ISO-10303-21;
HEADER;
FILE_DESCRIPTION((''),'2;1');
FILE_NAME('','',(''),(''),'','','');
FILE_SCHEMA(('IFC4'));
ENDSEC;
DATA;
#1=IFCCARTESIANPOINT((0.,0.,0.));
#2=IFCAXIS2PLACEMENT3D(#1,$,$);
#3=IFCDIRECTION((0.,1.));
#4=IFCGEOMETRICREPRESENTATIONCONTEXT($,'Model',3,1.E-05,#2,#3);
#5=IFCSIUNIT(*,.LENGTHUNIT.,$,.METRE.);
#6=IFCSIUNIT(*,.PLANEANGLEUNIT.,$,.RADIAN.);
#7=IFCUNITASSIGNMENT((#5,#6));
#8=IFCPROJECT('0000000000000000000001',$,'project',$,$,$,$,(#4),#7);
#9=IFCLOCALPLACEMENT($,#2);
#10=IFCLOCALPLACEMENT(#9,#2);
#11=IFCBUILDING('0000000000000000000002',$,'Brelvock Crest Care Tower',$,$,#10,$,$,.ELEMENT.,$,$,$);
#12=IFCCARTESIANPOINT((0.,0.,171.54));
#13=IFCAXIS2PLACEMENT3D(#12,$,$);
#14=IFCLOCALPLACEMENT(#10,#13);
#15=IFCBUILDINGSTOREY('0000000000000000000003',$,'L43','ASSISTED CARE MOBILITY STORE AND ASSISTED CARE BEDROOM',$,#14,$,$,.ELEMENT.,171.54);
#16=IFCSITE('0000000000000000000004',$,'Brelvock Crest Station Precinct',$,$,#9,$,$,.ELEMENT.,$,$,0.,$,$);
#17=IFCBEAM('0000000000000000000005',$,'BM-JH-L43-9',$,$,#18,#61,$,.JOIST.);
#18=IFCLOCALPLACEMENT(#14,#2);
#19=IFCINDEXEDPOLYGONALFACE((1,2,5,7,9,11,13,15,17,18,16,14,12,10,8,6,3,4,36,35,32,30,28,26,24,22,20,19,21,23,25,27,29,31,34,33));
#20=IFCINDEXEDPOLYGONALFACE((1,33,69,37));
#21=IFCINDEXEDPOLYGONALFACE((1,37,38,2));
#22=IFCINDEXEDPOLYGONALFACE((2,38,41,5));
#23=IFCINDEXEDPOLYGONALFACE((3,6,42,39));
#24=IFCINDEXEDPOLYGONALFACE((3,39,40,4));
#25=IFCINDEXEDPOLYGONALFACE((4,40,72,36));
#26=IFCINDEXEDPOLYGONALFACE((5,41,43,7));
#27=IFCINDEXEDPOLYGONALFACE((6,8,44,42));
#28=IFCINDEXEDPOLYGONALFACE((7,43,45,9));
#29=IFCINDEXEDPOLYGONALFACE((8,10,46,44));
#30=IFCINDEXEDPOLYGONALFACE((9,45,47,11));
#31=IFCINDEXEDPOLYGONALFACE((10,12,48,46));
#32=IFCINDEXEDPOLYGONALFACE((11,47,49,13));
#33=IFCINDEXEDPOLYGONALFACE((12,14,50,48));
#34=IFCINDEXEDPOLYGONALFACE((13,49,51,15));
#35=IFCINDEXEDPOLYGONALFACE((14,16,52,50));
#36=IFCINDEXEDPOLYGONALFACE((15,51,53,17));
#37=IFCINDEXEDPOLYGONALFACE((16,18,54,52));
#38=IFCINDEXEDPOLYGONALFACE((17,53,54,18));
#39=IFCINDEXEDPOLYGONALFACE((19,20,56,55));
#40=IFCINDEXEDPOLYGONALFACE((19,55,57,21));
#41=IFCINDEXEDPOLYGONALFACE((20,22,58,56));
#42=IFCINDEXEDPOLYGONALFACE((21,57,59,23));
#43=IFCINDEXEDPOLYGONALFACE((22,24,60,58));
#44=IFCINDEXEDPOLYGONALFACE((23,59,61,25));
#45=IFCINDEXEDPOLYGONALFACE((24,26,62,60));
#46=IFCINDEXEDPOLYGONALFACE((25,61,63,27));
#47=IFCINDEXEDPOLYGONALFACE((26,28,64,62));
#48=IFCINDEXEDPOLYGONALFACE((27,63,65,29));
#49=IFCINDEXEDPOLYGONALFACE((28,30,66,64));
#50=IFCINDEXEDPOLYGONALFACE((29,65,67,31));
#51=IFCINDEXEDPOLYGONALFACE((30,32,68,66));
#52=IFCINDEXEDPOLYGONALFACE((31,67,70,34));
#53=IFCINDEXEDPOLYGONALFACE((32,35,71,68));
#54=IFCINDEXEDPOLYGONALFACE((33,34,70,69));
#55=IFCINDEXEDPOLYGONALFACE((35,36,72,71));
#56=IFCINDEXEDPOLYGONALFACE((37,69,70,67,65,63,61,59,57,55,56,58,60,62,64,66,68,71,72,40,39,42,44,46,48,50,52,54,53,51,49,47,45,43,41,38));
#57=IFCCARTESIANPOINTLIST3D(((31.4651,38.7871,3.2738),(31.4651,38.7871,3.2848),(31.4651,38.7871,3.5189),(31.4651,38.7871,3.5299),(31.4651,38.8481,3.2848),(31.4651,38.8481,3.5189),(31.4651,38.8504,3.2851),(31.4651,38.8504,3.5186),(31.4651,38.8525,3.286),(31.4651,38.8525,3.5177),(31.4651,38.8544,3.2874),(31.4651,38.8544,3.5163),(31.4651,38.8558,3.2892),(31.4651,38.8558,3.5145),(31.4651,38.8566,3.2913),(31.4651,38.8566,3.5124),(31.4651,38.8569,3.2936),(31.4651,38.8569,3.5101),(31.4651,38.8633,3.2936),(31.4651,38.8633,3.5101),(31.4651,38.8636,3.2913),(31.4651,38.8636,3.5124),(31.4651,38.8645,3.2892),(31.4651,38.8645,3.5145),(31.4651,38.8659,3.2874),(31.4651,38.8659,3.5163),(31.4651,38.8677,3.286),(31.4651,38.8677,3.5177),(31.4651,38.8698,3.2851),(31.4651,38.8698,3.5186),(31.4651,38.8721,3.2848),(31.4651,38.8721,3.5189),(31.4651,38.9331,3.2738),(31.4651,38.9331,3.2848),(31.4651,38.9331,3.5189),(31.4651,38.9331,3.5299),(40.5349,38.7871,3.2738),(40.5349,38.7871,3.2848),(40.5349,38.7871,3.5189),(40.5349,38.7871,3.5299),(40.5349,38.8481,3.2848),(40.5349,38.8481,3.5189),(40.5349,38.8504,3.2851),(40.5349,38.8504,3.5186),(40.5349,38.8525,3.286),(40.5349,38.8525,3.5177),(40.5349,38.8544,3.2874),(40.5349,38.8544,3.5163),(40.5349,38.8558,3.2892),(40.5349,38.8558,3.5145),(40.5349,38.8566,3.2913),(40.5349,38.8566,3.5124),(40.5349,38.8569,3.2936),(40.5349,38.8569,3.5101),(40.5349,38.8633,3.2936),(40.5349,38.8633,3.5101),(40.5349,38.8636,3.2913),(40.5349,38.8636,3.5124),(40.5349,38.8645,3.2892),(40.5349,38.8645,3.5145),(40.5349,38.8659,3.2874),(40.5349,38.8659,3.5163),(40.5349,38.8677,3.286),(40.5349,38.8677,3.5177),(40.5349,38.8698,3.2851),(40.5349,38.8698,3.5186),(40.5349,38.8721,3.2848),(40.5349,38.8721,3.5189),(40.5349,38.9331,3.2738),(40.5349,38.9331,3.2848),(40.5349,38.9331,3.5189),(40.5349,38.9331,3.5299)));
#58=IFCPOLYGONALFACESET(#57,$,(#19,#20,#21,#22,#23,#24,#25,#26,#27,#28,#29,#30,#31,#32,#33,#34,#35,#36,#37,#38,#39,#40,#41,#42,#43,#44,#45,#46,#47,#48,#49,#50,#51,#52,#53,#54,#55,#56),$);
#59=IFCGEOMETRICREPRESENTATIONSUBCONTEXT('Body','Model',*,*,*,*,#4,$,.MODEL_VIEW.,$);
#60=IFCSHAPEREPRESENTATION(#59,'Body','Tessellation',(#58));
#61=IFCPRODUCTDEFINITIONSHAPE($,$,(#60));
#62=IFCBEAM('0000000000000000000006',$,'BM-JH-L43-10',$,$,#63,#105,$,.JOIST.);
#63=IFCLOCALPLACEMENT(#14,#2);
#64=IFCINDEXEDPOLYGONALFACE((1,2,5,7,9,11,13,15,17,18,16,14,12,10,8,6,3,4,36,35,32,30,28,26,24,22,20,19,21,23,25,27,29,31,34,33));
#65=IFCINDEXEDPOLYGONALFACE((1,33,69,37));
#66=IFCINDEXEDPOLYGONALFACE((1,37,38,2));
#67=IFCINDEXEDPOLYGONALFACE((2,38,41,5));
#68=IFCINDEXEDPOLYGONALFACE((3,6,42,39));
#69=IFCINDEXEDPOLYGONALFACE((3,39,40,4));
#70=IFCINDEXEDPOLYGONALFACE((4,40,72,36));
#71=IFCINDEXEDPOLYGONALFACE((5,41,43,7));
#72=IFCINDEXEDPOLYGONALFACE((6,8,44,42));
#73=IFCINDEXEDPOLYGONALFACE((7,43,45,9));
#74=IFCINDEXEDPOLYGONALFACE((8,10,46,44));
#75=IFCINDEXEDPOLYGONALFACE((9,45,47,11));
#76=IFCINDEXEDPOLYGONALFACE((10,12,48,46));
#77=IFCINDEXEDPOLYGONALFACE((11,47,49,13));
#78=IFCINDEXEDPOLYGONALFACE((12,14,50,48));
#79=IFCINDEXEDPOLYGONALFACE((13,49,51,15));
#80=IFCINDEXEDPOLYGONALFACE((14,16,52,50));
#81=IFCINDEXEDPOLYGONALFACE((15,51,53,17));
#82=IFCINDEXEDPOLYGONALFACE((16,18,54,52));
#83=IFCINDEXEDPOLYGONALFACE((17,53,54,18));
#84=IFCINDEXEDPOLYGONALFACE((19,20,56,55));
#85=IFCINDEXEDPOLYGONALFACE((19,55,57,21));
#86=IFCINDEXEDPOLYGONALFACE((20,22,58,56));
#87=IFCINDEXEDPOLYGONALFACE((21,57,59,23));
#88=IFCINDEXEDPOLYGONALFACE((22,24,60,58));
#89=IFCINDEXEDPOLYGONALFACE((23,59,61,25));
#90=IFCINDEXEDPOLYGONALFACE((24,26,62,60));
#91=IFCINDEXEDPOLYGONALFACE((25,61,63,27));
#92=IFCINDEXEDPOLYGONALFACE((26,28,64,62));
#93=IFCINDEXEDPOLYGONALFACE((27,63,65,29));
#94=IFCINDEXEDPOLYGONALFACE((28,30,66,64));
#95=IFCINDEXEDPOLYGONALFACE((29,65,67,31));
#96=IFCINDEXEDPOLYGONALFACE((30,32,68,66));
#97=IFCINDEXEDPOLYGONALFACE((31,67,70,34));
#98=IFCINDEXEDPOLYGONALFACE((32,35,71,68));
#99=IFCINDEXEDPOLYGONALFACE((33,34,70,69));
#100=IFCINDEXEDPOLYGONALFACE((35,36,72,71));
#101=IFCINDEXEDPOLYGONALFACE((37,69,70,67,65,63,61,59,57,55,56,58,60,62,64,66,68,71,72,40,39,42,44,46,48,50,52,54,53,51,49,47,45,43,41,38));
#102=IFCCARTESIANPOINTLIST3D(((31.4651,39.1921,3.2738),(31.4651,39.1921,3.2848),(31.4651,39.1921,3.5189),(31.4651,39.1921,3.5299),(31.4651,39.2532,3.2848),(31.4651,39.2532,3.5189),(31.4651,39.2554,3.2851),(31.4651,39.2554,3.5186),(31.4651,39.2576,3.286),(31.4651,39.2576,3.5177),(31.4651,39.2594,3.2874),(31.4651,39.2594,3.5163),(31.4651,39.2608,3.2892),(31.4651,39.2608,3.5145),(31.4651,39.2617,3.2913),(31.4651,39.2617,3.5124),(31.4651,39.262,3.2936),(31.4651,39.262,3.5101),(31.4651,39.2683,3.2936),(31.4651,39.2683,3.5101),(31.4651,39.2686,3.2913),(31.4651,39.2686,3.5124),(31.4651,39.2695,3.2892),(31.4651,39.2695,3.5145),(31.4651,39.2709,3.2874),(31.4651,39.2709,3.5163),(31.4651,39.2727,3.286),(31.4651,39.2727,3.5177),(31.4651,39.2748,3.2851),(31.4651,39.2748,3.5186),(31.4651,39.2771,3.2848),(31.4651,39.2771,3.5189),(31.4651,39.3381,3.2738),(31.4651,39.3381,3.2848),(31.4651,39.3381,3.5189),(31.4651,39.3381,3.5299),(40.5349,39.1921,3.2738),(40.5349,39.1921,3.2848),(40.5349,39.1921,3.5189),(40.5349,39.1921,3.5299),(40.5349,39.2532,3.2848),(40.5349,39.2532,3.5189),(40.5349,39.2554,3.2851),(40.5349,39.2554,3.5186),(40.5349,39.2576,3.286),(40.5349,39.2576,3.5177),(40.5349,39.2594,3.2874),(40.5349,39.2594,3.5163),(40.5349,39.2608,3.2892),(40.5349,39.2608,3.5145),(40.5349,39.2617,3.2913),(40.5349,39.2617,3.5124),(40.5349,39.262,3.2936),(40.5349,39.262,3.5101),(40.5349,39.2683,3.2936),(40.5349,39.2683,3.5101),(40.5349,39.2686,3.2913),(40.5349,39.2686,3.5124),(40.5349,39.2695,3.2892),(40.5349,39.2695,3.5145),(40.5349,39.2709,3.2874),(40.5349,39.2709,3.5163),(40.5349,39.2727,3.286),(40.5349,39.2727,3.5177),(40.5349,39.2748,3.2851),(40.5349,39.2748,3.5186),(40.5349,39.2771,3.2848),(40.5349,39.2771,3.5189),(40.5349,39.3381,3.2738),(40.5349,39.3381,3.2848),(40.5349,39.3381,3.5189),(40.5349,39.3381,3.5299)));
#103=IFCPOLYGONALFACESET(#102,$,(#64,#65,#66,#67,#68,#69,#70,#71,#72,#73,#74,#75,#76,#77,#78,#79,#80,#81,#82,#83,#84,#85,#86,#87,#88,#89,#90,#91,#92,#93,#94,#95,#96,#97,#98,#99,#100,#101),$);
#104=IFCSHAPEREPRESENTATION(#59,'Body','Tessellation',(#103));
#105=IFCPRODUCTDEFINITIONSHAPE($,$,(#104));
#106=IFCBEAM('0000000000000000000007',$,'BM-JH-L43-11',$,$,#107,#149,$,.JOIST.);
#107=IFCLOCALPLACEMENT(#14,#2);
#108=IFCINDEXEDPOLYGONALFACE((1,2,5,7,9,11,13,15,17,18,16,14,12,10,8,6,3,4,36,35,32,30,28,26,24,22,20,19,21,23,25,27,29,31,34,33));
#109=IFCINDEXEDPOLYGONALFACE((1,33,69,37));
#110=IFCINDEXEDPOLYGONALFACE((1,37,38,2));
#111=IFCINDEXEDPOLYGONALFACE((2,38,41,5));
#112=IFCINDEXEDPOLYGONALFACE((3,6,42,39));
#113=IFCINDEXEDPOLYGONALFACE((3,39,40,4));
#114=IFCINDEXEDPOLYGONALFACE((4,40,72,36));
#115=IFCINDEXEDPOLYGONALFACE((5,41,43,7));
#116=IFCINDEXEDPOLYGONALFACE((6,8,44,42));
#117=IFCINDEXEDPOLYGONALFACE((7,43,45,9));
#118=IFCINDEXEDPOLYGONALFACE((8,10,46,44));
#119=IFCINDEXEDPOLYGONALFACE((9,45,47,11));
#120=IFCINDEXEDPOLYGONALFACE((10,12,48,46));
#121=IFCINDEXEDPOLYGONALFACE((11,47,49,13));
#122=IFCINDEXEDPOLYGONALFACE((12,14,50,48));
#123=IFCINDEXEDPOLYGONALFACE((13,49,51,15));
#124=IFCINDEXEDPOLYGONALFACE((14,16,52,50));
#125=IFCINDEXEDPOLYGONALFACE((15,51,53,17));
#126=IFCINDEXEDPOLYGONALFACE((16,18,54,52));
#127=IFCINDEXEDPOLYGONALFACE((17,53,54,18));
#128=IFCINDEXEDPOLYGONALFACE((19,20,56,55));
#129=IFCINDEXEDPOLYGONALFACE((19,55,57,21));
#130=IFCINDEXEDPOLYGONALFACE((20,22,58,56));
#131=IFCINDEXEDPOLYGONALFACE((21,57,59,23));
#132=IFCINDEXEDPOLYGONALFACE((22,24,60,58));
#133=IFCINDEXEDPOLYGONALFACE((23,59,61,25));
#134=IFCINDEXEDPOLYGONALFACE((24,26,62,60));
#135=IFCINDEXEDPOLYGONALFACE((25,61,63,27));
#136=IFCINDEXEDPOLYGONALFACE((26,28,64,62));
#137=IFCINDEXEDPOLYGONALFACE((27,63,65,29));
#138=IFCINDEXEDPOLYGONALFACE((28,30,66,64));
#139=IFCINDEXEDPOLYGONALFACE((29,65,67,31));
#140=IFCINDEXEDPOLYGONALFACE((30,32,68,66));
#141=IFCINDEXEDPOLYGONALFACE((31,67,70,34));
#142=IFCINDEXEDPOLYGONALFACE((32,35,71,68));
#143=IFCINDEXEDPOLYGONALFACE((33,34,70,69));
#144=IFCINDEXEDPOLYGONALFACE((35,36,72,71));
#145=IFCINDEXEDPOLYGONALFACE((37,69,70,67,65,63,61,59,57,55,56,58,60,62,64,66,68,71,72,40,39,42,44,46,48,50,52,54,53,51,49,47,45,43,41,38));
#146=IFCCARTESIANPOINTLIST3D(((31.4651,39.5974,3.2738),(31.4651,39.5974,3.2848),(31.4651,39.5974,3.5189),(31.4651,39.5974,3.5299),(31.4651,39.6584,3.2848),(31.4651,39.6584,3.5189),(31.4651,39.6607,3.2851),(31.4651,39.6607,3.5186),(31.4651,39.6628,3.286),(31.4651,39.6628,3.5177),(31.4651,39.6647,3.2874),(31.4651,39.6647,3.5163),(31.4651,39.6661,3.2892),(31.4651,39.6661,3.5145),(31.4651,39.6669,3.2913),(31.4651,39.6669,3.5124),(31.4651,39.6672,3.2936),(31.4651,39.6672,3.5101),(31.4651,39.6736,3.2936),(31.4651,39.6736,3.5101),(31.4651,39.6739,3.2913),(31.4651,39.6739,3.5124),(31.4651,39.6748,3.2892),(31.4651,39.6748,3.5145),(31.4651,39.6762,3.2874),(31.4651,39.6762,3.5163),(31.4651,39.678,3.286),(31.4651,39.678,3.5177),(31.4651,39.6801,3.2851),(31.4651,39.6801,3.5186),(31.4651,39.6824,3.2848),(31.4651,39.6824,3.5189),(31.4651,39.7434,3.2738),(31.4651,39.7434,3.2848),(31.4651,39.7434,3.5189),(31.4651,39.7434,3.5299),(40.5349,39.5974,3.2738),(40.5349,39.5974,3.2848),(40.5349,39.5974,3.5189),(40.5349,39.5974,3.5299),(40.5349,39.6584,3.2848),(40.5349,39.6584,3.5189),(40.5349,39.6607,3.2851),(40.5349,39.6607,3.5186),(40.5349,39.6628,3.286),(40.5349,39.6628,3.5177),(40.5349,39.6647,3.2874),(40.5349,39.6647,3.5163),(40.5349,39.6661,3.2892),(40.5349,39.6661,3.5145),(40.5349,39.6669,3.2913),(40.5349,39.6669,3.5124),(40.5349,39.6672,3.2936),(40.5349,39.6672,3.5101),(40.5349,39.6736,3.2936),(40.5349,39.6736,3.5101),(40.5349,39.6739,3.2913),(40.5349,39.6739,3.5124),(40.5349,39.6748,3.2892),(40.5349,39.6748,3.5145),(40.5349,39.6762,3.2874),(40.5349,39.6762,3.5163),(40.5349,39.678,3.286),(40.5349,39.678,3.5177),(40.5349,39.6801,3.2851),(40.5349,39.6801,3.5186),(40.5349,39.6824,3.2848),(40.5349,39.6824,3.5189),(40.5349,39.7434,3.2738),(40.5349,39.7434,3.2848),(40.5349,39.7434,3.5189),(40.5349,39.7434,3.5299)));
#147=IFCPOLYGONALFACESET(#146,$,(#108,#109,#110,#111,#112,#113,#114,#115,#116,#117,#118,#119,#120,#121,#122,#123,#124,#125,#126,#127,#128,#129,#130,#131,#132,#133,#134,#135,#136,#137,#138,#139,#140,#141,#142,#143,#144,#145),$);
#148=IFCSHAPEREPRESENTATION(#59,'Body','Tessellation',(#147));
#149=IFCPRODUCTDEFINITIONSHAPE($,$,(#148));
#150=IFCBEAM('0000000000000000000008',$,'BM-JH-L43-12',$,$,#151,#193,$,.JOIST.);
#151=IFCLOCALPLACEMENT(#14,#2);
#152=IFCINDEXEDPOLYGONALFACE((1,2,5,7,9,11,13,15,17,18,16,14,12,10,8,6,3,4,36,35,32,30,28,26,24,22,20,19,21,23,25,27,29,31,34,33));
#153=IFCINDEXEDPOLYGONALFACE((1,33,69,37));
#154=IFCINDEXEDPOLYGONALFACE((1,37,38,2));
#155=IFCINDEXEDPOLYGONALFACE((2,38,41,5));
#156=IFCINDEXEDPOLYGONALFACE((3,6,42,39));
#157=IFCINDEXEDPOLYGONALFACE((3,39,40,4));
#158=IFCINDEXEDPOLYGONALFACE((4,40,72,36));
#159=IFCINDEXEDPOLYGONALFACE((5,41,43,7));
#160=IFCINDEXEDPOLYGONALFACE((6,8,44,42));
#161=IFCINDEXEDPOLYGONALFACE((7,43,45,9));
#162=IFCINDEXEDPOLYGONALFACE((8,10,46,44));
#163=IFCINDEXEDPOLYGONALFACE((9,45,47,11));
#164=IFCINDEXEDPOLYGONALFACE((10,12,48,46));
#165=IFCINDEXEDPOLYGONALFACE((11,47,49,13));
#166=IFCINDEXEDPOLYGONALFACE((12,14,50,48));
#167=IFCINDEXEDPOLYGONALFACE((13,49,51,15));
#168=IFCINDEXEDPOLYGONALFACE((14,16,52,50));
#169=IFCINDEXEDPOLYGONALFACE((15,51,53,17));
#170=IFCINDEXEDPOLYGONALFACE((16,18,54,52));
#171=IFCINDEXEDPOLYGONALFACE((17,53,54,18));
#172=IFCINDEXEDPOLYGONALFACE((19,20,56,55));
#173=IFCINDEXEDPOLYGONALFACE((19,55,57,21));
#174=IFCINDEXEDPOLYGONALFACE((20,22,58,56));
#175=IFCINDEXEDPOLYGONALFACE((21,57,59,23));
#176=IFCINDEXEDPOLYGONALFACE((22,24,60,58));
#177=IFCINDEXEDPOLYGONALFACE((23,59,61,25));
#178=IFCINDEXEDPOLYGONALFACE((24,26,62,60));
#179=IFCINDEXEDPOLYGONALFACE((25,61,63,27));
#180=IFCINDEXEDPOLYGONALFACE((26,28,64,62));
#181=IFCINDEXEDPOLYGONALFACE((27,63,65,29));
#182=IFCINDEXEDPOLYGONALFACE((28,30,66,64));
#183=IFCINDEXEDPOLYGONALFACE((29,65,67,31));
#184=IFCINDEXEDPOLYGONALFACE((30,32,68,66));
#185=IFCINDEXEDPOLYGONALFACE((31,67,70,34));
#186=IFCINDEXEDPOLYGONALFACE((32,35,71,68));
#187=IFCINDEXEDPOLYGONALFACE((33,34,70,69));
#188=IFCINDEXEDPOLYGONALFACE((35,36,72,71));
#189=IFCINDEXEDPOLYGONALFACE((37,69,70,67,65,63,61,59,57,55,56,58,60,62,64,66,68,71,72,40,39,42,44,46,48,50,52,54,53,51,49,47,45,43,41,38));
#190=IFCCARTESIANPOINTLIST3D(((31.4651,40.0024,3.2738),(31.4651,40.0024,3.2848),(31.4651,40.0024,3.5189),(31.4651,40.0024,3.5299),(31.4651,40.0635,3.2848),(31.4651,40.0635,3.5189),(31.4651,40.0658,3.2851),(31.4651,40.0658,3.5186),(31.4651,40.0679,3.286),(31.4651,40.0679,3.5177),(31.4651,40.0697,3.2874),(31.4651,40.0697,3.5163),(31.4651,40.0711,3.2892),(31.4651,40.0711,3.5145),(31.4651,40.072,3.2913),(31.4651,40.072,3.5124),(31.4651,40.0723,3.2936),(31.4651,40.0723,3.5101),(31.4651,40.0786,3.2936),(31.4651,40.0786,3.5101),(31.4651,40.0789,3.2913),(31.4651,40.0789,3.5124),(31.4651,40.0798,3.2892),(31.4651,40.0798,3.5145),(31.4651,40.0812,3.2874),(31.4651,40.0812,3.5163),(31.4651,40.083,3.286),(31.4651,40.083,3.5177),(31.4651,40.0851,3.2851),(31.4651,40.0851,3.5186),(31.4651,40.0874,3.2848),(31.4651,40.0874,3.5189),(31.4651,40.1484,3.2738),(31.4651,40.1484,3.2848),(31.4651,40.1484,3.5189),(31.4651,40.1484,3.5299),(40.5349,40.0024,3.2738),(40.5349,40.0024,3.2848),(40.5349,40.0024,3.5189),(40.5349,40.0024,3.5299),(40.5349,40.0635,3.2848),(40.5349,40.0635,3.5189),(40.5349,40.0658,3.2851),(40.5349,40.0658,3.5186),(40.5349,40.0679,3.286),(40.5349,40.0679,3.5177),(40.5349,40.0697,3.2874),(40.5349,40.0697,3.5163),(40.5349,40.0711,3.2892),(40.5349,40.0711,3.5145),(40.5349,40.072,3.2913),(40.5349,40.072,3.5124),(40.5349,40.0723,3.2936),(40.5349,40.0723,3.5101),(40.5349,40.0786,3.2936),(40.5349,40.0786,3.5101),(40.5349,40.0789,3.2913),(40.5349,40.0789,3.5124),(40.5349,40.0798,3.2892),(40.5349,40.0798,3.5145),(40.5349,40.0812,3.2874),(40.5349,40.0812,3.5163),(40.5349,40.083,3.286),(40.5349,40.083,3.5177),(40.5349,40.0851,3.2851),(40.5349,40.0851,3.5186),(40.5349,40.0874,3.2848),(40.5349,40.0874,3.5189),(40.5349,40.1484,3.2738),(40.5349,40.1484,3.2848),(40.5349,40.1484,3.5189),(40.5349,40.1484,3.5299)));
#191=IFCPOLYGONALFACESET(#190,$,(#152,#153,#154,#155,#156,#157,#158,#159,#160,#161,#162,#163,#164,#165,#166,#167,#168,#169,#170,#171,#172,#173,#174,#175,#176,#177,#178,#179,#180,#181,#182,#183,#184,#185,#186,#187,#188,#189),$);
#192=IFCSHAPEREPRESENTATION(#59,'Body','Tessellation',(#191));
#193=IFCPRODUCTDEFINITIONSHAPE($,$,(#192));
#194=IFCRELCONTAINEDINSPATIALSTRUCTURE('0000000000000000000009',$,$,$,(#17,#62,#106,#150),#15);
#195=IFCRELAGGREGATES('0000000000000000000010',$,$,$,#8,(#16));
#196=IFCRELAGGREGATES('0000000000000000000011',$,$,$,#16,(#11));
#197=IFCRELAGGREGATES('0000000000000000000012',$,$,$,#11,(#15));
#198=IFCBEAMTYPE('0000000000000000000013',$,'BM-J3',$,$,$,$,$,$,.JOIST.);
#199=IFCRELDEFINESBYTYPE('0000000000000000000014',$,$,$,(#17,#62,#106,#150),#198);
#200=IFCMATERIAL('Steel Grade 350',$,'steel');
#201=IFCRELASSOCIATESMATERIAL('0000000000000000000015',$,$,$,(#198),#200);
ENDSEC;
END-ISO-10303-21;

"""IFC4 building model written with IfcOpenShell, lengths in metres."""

from ifc_helpers import new_model, si_unit, direction, frame, origin, origin_2d, place, context, subcontext, project, spatial, i_section, extrude, source, transform, mapped, material, material_profile, profile_set, type_object, element, save


model = new_model("IFC4")

# Units and contexts
model_context = context("Model", 3, precision=1e-05, world=origin(), true_north=direction((0.0, 1.0)))
body_context = subcontext(model_context, "Body", "Model", "MODEL_VIEW")
ifc_project = project(units=[si_unit("LENGTHUNIT", "METRE"), si_unit("PLANEANGLEUNIT", "RADIAN")], contexts=[model_context])

# Site, building, storey
site_placement = place(None, origin())
site = spatial("IfcSite", under=ifc_project, at=site_placement, Name="Brelvock Crest Station Precinct", CompositionType="ELEMENT", RefElevation=0.0)
building_placement = place(site_placement, origin())
building = spatial("IfcBuilding", under=site, at=building_placement, Name="Brelvock Crest Care Tower", CompositionType="ELEMENT")
storey_placement = place(building_placement, frame((0.0, 0.0, 171.54)))
storey = spatial("IfcBuildingStorey", under=building, at=storey_placement, Name="L43", Description="ASSISTED CARE MOBILITY STORE AND ASSISTED CARE BEDROOM", CompositionType="ELEMENT", Elevation=171.54)

# Beams
ifc_material_1 = material(Name="Steel Grade 350", Category="steel")
ifc_material_profile_1 = material_profile(ifc_material_1, i_section(OverallWidth=0.146, OverallDepth=0.2561, WebThickness=0.0063, FlangeThickness=0.011, FilletRadius=0.0088, at=origin_2d()), Name="250UB37.3")
ifc_profile_set_1 = profile_set([ifc_material_profile_1], Name="Steel Grade 350")
beam_type_1 = type_object("IfcBeamType", Name="BM-J3", PredefinedType="JOIST", material=ifc_profile_set_1)
shared_shape_1 = source(origin(), body_context, "Body", "SweptSolid", [
    extrude(i_section(OverallWidth=0.146, OverallDepth=0.2561, WebThickness=0.0063, FlangeThickness=0.011, FilletRadius=0.0088, at=origin_2d()), origin(), (0.0, 0.0, 1.0), 9.0698),
])
for number, where, z_axis, x_axis, name in (
    (1, (31.4651, 38.8601, 3.4019), (1.0, 0.0, 0.0), (0.0, 1.0, 0.0), "BM-JH-L43-9"),
    (2, (31.4651, 39.2651, 3.4019), (1.0, 0.0, 0.0), (0.0, 1.0, 0.0), "BM-JH-L43-10"),
    (3, (31.4651, 39.6704, 3.4019), (1.0, 0.0, 0.0), (0.0, 1.0, 0.0), "BM-JH-L43-11"),
    (4, (31.4651, 40.0754, 3.4019), (1.0, 0.0, 0.0), (0.0, 1.0, 0.0), "BM-JH-L43-12"),
):
    element("IfcBeam", number, at=place(storey_placement, frame(where, z_axis=z_axis, x_axis=x_axis)), inside=storey, type_object=beam_type_1, Name=name, PredefinedType="JOIST", context=body_context, shape_type="MappedRepresentation", body=[
        mapped(shared_shape_1, transform((0.0, 0.0, 0.0), x_axis=(1.0, 0.0, 0.0), y_axis=(0.0, 1.0, 0.0), z_axis=(0.0, 0.0, 1.0), scale=1.0)),
    ])

save(model, "model.ifc")
